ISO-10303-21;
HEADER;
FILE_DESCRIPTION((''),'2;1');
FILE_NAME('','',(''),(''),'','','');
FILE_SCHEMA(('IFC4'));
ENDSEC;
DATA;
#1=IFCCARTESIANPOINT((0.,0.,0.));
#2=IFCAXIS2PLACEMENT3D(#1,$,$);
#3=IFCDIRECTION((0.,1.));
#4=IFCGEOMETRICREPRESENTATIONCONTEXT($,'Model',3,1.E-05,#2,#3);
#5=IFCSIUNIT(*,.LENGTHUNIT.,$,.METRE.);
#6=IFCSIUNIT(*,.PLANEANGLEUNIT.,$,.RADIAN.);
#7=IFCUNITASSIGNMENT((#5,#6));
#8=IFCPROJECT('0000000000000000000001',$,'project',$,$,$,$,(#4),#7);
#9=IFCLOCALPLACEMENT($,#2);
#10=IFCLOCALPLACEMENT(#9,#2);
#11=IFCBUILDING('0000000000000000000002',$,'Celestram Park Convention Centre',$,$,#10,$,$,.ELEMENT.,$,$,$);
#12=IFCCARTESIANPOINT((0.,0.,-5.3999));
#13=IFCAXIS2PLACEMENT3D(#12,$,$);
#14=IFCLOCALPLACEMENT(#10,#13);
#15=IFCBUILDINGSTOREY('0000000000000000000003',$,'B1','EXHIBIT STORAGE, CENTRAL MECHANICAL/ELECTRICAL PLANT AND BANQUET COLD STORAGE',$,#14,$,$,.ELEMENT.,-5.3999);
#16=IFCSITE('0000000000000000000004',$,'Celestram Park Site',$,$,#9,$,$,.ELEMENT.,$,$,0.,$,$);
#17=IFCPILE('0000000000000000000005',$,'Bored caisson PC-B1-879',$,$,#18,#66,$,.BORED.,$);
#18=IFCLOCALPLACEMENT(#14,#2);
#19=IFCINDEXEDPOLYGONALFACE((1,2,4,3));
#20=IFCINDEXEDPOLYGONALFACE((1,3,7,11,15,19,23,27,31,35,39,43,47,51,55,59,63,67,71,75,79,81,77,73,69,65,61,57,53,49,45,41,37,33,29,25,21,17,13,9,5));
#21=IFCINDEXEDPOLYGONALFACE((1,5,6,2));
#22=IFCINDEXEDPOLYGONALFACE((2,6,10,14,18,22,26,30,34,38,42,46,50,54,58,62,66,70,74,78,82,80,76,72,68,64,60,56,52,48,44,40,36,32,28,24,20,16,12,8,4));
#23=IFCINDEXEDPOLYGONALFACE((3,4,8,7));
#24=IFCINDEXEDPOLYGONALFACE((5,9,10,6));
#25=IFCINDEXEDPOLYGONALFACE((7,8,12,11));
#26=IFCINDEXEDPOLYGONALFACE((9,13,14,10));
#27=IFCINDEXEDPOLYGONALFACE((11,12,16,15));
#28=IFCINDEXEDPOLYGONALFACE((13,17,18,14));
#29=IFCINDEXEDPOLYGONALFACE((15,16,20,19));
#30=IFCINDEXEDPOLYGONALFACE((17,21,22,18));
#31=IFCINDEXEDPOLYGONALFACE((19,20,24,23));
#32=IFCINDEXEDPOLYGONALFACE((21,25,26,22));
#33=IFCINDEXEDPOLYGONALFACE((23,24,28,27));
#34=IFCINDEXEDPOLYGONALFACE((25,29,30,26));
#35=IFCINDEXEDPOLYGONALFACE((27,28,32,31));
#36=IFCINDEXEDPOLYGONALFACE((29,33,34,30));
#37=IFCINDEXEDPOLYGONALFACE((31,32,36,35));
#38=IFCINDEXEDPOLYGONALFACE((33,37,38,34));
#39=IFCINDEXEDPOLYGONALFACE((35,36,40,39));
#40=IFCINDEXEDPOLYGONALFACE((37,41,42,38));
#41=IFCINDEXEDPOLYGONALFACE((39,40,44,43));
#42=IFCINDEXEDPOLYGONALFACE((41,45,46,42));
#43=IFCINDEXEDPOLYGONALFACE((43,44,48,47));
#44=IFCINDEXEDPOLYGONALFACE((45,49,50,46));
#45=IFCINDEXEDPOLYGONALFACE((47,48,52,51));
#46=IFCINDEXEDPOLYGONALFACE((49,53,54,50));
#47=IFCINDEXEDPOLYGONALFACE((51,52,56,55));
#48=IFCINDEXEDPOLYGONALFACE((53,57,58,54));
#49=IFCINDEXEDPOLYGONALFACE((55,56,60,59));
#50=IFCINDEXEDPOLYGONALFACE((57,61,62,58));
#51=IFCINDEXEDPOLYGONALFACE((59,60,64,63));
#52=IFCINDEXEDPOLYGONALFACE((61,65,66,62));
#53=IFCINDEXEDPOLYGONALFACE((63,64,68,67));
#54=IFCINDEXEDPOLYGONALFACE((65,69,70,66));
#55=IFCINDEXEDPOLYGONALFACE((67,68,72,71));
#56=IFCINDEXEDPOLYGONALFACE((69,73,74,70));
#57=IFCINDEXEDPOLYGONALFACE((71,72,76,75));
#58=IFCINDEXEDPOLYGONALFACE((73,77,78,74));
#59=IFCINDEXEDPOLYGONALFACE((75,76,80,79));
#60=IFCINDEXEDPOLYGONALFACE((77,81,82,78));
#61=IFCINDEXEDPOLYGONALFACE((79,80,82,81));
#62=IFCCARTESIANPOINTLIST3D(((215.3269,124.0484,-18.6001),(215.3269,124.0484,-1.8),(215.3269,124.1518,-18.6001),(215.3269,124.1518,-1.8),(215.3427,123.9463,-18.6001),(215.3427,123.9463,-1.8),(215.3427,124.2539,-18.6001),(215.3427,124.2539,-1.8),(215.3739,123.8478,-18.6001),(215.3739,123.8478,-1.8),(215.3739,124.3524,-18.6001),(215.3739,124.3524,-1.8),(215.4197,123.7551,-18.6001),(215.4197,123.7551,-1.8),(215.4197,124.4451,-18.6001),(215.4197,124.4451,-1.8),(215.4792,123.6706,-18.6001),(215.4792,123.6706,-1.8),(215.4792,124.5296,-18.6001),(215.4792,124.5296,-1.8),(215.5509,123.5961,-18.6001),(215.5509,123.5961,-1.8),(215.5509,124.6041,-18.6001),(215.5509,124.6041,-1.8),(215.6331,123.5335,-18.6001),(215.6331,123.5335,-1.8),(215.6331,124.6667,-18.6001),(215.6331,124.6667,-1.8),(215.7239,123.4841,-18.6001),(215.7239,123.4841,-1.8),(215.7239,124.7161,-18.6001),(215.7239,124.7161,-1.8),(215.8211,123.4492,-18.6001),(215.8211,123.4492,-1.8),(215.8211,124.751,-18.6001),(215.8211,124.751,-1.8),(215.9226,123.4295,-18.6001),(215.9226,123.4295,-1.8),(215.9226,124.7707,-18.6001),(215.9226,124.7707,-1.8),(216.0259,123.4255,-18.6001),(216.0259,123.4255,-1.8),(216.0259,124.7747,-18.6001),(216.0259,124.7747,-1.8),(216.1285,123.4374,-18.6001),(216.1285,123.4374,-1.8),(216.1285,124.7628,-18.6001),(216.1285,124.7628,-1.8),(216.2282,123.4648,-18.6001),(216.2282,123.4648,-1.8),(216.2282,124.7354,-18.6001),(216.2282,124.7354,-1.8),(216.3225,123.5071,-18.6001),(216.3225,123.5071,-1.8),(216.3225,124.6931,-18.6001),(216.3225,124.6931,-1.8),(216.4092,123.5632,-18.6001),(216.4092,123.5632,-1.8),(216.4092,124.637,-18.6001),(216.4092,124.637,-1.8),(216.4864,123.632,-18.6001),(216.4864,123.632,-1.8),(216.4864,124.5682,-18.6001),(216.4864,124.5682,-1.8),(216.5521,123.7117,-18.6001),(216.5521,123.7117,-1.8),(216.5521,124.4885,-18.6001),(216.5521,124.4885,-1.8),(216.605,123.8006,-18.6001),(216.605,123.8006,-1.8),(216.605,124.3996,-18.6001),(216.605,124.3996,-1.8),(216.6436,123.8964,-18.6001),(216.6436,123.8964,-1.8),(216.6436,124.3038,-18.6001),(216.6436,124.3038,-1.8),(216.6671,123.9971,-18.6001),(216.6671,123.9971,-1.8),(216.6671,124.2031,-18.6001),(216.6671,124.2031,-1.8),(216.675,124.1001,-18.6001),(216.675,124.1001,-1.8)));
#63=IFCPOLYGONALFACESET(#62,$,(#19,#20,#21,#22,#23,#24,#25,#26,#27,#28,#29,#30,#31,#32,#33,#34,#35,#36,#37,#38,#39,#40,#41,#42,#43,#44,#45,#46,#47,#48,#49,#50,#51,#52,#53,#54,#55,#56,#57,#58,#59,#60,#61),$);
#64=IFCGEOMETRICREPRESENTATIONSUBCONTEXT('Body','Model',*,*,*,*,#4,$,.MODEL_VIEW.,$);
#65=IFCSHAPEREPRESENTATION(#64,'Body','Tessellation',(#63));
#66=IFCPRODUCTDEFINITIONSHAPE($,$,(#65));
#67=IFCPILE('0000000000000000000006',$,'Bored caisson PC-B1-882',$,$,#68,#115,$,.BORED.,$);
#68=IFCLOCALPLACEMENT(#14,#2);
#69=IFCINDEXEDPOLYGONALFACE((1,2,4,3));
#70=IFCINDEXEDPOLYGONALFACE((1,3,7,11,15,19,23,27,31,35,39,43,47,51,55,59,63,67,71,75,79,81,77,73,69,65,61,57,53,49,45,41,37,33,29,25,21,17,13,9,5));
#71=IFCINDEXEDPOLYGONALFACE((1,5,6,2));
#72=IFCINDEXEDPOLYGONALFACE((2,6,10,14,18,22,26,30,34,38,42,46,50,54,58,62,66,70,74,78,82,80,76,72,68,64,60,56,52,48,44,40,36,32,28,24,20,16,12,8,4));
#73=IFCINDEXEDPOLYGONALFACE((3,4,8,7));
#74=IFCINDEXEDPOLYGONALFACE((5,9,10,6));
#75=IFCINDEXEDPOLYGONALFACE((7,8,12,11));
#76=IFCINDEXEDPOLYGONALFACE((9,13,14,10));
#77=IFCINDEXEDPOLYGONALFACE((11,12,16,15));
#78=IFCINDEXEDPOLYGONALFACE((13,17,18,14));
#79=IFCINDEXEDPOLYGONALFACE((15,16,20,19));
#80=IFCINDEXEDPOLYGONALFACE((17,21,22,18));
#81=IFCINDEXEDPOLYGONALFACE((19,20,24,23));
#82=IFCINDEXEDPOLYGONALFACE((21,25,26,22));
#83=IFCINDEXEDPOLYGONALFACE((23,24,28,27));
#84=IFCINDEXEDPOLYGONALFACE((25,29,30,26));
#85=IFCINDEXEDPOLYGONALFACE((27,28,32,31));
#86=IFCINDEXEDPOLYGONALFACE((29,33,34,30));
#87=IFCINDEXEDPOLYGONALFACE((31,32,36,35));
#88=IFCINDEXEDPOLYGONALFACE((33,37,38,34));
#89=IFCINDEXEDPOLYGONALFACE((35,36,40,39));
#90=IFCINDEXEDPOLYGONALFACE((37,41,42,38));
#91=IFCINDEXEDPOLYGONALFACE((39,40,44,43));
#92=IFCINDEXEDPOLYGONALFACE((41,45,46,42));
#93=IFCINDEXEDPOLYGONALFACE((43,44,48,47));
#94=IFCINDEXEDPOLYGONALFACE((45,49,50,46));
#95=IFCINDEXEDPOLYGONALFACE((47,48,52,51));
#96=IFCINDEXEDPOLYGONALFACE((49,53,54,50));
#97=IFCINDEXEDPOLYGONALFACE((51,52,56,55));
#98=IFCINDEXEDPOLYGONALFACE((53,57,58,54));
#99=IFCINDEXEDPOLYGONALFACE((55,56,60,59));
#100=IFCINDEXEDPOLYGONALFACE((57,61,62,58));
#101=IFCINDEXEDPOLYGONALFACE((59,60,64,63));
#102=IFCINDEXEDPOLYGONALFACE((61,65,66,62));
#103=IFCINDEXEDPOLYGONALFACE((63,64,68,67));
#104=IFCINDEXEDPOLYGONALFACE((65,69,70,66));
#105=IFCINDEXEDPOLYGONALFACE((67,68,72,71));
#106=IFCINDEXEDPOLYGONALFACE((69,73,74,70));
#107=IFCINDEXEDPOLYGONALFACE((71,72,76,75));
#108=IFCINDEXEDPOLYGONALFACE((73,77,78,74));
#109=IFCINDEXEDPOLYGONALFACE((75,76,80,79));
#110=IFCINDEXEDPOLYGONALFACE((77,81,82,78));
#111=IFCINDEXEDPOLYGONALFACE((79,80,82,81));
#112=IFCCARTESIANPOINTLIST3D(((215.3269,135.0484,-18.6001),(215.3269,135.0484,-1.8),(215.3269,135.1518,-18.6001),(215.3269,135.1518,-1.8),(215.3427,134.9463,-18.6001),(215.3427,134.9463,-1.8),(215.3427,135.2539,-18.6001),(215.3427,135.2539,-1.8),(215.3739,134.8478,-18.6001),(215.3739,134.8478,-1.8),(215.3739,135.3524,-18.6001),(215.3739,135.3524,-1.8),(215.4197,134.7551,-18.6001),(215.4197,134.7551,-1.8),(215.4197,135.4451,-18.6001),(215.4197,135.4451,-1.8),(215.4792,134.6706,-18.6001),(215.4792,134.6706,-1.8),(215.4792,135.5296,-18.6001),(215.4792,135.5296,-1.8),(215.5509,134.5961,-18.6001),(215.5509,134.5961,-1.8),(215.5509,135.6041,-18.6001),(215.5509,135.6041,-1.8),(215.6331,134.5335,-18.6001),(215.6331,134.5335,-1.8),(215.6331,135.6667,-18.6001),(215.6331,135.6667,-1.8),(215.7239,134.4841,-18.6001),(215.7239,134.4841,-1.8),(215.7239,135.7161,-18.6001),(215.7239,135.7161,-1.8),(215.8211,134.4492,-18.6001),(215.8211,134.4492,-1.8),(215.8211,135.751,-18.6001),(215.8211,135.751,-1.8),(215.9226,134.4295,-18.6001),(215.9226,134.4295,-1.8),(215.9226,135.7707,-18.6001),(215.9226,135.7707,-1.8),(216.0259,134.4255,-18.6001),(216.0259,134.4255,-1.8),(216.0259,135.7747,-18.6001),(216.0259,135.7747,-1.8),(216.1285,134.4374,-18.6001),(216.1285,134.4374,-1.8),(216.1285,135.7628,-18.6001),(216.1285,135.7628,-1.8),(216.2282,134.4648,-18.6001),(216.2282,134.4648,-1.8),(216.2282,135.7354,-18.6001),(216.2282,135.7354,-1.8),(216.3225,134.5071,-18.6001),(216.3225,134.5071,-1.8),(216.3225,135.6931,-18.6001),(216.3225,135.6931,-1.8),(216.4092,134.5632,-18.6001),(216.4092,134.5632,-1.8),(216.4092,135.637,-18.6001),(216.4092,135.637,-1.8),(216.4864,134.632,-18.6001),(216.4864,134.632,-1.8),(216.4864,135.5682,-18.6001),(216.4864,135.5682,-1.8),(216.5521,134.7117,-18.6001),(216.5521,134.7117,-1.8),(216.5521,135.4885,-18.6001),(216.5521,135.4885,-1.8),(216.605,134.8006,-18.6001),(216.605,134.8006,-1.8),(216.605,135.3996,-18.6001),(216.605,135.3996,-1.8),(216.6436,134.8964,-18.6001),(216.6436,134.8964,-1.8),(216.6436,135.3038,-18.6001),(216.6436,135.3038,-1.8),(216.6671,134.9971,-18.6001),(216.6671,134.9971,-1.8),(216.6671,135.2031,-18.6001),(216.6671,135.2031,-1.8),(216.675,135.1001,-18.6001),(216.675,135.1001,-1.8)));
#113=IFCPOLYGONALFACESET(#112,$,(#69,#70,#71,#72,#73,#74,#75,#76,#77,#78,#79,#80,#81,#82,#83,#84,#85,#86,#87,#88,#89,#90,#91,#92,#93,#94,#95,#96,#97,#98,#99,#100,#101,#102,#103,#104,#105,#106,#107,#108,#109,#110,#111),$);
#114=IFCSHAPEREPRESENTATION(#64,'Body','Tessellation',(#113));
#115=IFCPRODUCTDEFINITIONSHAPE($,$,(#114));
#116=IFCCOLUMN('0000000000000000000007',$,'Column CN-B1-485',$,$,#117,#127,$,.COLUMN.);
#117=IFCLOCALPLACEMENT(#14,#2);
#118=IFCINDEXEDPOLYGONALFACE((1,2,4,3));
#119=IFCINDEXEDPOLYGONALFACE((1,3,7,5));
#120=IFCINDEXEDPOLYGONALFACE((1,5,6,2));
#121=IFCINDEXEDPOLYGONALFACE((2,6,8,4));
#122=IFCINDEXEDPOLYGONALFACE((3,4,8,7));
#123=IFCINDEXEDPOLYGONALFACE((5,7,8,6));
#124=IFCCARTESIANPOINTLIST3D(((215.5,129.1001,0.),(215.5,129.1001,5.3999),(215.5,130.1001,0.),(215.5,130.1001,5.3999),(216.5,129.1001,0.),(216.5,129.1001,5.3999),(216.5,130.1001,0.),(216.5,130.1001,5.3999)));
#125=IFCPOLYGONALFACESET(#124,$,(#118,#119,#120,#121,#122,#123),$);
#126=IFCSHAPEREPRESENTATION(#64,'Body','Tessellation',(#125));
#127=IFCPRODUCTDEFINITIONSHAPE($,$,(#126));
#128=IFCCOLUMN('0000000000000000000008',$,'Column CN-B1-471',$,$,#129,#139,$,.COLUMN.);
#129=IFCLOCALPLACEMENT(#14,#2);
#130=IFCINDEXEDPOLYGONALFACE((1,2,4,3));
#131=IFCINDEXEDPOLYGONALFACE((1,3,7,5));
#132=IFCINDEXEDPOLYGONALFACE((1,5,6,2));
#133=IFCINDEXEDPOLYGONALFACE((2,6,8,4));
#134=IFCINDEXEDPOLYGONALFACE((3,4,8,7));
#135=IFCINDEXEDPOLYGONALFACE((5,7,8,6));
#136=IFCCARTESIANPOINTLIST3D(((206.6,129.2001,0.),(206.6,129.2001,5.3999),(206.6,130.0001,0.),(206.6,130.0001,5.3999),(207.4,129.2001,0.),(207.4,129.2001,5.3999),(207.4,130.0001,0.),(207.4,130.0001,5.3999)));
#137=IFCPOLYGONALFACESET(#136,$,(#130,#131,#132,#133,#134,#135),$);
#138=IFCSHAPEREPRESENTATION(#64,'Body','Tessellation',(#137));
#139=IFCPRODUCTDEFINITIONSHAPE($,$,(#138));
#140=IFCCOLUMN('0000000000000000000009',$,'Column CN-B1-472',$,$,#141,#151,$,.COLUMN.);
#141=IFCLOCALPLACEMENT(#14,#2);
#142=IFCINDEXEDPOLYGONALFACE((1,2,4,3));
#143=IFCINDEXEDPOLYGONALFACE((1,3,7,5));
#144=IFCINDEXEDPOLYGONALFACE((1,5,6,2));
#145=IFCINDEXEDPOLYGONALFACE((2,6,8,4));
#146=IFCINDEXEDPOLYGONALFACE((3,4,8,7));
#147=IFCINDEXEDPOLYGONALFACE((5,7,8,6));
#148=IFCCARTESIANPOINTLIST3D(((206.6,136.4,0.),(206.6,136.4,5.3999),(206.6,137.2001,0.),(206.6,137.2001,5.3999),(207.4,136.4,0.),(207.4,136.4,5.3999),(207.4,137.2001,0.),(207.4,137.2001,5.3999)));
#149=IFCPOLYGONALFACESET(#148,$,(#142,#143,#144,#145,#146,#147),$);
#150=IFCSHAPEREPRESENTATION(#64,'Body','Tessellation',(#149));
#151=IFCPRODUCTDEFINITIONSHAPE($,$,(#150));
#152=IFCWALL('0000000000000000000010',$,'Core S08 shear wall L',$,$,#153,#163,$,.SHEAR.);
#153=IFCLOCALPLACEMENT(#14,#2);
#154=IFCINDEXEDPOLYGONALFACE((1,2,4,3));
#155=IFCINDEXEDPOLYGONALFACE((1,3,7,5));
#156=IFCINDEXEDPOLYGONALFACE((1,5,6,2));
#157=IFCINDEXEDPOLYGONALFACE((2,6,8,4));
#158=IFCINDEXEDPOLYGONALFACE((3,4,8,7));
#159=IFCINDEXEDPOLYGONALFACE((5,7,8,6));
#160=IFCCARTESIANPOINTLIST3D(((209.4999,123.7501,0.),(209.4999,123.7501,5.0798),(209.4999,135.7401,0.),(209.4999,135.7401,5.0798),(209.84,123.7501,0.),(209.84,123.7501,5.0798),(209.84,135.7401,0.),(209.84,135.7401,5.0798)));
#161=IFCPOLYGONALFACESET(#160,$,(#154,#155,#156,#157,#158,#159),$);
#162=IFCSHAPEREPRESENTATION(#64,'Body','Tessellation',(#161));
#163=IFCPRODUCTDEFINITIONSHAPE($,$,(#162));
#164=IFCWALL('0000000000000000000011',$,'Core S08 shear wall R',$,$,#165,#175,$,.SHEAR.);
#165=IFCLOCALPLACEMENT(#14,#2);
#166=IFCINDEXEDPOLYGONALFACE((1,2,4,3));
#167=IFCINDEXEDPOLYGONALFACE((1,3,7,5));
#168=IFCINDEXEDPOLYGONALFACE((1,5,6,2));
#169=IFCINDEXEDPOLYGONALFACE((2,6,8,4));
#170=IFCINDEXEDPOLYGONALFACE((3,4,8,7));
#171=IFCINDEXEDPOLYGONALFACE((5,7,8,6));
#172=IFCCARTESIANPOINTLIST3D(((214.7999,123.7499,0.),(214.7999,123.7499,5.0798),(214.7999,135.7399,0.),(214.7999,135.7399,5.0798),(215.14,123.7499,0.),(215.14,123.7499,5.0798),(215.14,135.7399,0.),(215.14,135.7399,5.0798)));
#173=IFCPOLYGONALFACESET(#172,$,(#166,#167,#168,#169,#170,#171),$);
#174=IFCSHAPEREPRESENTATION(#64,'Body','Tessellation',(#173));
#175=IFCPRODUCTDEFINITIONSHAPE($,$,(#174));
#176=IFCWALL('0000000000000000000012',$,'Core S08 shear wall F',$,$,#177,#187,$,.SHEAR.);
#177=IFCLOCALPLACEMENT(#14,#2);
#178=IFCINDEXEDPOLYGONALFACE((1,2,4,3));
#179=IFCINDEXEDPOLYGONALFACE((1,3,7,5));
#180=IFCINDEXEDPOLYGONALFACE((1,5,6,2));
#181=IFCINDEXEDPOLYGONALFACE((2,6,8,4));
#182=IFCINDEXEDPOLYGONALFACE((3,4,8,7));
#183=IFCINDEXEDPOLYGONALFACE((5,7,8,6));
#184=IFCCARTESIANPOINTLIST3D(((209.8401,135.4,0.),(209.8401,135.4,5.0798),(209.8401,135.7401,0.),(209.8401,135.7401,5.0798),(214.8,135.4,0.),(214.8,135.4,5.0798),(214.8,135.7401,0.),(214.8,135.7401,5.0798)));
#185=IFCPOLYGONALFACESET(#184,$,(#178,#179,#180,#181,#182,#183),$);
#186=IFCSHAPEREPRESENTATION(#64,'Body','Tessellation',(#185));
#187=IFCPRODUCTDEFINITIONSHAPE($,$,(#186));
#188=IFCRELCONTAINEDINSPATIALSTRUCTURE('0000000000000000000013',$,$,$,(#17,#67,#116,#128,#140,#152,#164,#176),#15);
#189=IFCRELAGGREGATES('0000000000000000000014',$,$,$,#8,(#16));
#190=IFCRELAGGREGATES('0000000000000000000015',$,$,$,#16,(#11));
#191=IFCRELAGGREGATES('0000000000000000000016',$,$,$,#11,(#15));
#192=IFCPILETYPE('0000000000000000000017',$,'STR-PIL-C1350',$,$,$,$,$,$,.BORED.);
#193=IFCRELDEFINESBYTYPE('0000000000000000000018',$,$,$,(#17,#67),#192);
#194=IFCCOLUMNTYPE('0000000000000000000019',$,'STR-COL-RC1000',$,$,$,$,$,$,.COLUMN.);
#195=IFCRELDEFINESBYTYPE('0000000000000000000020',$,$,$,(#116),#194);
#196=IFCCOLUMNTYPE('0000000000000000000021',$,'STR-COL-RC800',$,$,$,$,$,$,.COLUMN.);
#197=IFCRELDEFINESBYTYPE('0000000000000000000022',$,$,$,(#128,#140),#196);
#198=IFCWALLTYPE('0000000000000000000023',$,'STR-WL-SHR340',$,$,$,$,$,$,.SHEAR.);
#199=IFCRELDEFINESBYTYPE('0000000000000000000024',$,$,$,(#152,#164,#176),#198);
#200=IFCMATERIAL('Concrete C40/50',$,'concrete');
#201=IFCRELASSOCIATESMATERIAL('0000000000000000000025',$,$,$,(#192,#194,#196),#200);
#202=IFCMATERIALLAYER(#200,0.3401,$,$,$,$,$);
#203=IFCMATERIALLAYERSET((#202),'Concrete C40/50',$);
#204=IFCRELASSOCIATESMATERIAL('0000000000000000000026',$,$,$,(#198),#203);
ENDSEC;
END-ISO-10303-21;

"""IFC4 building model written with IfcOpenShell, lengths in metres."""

from ifc_helpers import new_model, si_unit, direction, frame, frame_2d, origin, origin_2d, place, context, subcontext, project, spatial, rectangle, circle, extrude, material, layer, layer_set, material_profile, profile_set, type_object, element, save


model = new_model("IFC4")

# Units and contexts
model_context = context("Model", 3, precision=1e-05, world=origin(), true_north=direction((0.0, 1.0)))
body_context = subcontext(model_context, "Body", "Model", "MODEL_VIEW")
ifc_project = project(units=[si_unit("LENGTHUNIT", "METRE"), si_unit("PLANEANGLEUNIT", "RADIAN")], contexts=[model_context])

# Site, building, storey
site_placement = place(None, origin())
site = spatial("IfcSite", under=ifc_project, at=site_placement, Name="Celestram Park Site", CompositionType="ELEMENT", RefElevation=0.0)
building_placement = place(site_placement, origin())
building = spatial("IfcBuilding", under=site, at=building_placement, Name="Celestram Park Convention Centre", CompositionType="ELEMENT")
storey_placement = place(building_placement, frame((0.0, 0.0, -5.3999)))
storey = spatial("IfcBuildingStorey", under=building, at=storey_placement, Name="B1", Description="EXHIBIT STORAGE, CENTRAL MECHANICAL/ELECTRICAL PLANT AND BANQUET COLD STORAGE", CompositionType="ELEMENT", Elevation=-5.3999)

# Shared definitions
ifc_material_1 = material(Name="Concrete C40/50", Category="concrete")

# Piles
ifc_material_profile_1 = material_profile(ifc_material_1, circle(Radius=0.675, at=origin_2d()), Name="CAISSON1350")
ifc_profile_set_1 = profile_set([ifc_material_profile_1], Name="Concrete C40/50")
pile_type_1 = type_object("IfcPileType", Name="STR-PIL-C1350", PredefinedType="BORED", material=ifc_profile_set_1)
for number, where, z_axis, x_axis, name in (
    (1, (216.0, 124.1001, -1.8), (0.0, 0.0, -1.0), (1.0, 0.0, 0.0), "Bored caisson PC-B1-879"),
    (2, (216.0, 135.1001, -1.8), (0.0, 0.0, -1.0), (1.0, 0.0, 0.0), "Bored caisson PC-B1-882"),
):
    element("IfcPile", number, at=place(storey_placement, frame(where, z_axis=z_axis, x_axis=x_axis)), inside=storey, type_object=pile_type_1, Name=name, PredefinedType="BORED", context=body_context, shape_type="SweptSolid", body=[
        extrude(circle(Radius=0.675, at=origin_2d()), origin(), (0.0, 0.0, 1.0), 16.8),
    ])

# Columns
ifc_material_profile_2 = material_profile(ifc_material_1, rectangle(XDim=1.0, YDim=1.0, at=origin_2d()), Name="RC1000X1000")
ifc_profile_set_2 = profile_set([ifc_material_profile_2], Name="Concrete C40/50")
column_type_1 = type_object("IfcColumnType", Name="STR-COL-RC1000", PredefinedType="COLUMN", material=ifc_profile_set_2)
column_placement = place(storey_placement, frame((216.0, 129.6001, 0.0), z_axis=(0.0, 0.0, 1.0), x_axis=(1.0, 0.0, 0.0)))
element("IfcColumn", 3, at=column_placement, inside=storey, type_object=column_type_1, Name="Column CN-B1-485", PredefinedType="COLUMN", context=body_context, shape_type="SweptSolid", body=[
    extrude(rectangle(XDim=1.0, YDim=1.0, at=origin_2d()), origin(), (0.0, 0.0, 1.0), 5.3999),
])
ifc_material_profile_3 = material_profile(ifc_material_1, rectangle(XDim=0.8, YDim=0.8, at=origin_2d()), Name="RC800X800")
ifc_profile_set_3 = profile_set([ifc_material_profile_3], Name="Concrete C40/50")
column_type_2 = type_object("IfcColumnType", Name="STR-COL-RC800", PredefinedType="COLUMN", material=ifc_profile_set_3)
for number, where, z_axis, x_axis, name in (
    (4, (207.0, 129.6001, 0.0), (0.0, 0.0, 1.0), (1.0, 0.0, 0.0), "Column CN-B1-471"),
    (5, (207.0, 136.8, 0.0), (0.0, 0.0, 1.0), (1.0, 0.0, 0.0), "Column CN-B1-472"),
):
    element("IfcColumn", number, at=place(storey_placement, frame(where, z_axis=z_axis, x_axis=x_axis)), inside=storey, type_object=column_type_2, Name=name, PredefinedType="COLUMN", context=body_context, shape_type="SweptSolid", body=[
        extrude(rectangle(XDim=0.8, YDim=0.8, at=origin_2d()), origin(), (0.0, 0.0, 1.0), 5.3999),
    ])

# Walls
ifc_layer = layer(ifc_material_1, 0.3401)
ifc_layer_set = layer_set([ifc_layer], Name="Concrete C40/50")
wall_type = type_object("IfcWallType", Name="STR-WL-SHR340", PredefinedType="SHEAR", material=ifc_layer_set)
for number, where, z_axis, x_axis, name in (
    (6, (209.6699, 123.75, 0.0), (0.0, 0.0, 1.0), (0.0, 1.0, 0.0), "Core S08 shear wall L"),
    (7, (214.97, 135.74, 0.0), (0.0, 0.0, 1.0), (0.0, -1.0, 0.0), "Core S08 shear wall R"),
):
    element("IfcWall", number, at=place(storey_placement, frame(where, z_axis=z_axis, x_axis=x_axis)), inside=storey, type_object=wall_type, Name=name, PredefinedType="SHEAR", context=body_context, shape_type="SweptSolid", body=[
        extrude(rectangle(XDim=11.99, YDim=0.3401, at=frame_2d((5.9951, 0.0))), origin(), (0.0, 0.0, 1.0), 5.0798),
    ])
wall_placement = place(storey_placement, frame((209.8401, 135.5701, 0.0), z_axis=(0.0, 0.0, 1.0), x_axis=(1.0, 0.0, 0.0)))
element("IfcWall", 8, at=wall_placement, inside=storey, type_object=wall_type, Name="Core S08 shear wall F", PredefinedType="SHEAR", context=body_context, shape_type="SweptSolid", body=[
    extrude(rectangle(XDim=4.96, YDim=0.3401, at=frame_2d((2.48, 0.0))), origin(), (0.0, 0.0, 1.0), 5.0798),
])

save(model, "model.ifc")
